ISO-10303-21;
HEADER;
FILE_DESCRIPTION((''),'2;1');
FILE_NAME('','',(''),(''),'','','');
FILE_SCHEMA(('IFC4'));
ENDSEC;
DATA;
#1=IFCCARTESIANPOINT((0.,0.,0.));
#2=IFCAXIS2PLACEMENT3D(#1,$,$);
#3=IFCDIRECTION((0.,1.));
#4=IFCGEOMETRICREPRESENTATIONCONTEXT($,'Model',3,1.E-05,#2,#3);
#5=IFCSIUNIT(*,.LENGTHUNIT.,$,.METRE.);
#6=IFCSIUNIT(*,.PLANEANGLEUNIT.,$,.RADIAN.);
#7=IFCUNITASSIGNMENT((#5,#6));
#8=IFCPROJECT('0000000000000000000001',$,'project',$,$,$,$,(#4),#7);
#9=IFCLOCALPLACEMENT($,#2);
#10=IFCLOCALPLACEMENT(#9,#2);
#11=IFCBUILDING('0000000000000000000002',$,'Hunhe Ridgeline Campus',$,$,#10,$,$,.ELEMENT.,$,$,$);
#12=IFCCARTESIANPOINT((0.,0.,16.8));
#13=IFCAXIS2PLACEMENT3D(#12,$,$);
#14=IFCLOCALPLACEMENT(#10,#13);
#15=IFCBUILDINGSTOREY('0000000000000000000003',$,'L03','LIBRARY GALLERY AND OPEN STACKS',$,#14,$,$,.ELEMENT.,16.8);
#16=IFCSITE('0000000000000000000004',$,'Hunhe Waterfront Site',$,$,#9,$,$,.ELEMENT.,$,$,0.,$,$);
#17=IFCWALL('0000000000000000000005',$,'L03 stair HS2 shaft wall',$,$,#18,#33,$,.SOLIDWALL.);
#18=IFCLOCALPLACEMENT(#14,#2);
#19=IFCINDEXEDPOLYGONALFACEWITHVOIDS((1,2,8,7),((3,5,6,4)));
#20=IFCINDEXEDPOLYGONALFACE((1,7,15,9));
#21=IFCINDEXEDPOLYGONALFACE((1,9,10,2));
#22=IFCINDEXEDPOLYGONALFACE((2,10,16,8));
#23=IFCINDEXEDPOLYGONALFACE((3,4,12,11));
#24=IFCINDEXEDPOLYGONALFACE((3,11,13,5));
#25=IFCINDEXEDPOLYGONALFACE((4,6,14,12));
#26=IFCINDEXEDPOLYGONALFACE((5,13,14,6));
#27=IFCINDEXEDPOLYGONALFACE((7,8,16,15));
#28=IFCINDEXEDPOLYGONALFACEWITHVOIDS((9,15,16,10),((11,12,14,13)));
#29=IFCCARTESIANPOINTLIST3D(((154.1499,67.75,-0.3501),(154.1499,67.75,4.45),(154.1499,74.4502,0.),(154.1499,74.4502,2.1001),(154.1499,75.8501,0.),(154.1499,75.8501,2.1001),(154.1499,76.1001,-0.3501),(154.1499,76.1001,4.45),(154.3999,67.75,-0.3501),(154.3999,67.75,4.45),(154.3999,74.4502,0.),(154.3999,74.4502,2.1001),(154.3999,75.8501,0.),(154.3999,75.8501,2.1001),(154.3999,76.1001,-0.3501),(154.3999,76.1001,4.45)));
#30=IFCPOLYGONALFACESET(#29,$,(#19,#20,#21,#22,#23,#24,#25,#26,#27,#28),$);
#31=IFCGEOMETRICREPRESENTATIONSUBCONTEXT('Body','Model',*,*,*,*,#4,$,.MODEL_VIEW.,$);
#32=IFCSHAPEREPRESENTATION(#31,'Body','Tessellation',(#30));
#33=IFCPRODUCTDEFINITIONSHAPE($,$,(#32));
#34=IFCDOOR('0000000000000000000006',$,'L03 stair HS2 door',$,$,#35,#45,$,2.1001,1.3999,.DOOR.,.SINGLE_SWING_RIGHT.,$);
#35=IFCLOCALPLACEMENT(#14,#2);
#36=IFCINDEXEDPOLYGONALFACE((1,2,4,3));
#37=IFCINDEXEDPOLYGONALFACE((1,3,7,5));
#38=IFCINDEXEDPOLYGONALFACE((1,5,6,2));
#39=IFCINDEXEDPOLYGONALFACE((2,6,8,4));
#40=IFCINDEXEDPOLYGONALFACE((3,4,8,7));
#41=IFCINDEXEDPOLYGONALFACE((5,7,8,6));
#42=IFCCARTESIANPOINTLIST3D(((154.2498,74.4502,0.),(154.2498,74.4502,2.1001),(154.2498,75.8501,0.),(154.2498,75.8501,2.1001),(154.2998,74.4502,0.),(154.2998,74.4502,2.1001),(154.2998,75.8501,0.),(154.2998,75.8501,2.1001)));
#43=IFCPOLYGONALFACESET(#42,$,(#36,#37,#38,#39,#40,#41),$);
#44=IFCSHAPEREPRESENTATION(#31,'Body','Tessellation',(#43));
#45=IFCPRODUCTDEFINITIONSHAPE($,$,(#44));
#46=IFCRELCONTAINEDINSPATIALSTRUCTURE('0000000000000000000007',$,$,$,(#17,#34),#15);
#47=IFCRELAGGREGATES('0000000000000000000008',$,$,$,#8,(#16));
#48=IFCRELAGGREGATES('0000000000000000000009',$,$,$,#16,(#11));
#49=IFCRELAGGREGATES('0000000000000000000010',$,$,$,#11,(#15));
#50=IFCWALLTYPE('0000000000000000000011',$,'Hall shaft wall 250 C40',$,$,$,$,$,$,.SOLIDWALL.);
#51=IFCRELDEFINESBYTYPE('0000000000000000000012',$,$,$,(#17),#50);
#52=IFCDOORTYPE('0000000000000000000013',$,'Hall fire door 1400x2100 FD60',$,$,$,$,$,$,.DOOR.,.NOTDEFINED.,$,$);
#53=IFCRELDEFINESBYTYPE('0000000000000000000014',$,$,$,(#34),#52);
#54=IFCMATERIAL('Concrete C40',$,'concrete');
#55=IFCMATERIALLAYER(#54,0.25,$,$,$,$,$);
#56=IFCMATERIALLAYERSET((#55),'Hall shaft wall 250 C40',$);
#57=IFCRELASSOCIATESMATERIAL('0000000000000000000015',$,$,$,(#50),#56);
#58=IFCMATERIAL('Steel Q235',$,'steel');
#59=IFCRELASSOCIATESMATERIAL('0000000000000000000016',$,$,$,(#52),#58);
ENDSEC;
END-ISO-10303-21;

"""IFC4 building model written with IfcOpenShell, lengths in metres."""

from ifc_helpers import new_model, si_unit, direction, frame, frame_2d, origin, place, context, subcontext, project, spatial, rectangle, extrude, material, layer, layer_set, type_object, element, fill, save


model = new_model("IFC4")

# Units and contexts
model_context = context("Model", 3, precision=1e-05, world=origin(), true_north=direction((0.0, 1.0)))
body_context = subcontext(model_context, "Body", "Model", "MODEL_VIEW")
ifc_project = project(units=[si_unit("LENGTHUNIT", "METRE"), si_unit("PLANEANGLEUNIT", "RADIAN")], contexts=[model_context])

# Site, building, storey
site_placement = place(None, origin())
site = spatial("IfcSite", under=ifc_project, at=site_placement, Name="Hunhe Waterfront Site", CompositionType="ELEMENT", RefElevation=0.0)
building_placement = place(site_placement, origin())
building = spatial("IfcBuilding", under=site, at=building_placement, Name="Hunhe Ridgeline Campus", CompositionType="ELEMENT")
storey_placement = place(building_placement, frame((0.0, 0.0, 16.8)))
storey = spatial("IfcBuildingStorey", under=building, at=storey_placement, Name="L03", Description="LIBRARY GALLERY AND OPEN STACKS", CompositionType="ELEMENT", Elevation=16.8)

# Shared definitions
ifc_material_1 = material(Name="Concrete C40", Category="concrete")

# Wall, opening, door
ifc_material_2 = material(Name="Steel Q235", Category="steel")
ifc_layer_1 = layer(ifc_material_1, 0.25)
ifc_layer_set_1 = layer_set([ifc_layer_1], Name="Hall shaft wall 250 C40")
wall_type_1 = type_object("IfcWallType", Name="Hall shaft wall 250 C40", PredefinedType="SOLIDWALL", material=ifc_layer_set_1)
door_type_1 = type_object("IfcDoorType", Name="Hall fire door 1400x2100 FD60", OperationType="NOTDEFINED", PredefinedType="DOOR", material=ifc_material_2)
wall_1_placement = place(storey_placement, frame((154.2749, 76.1001, -0.3501), z_axis=(0.0, 0.0, 1.0), x_axis=(0.0, -1.0, 0.0)))
wall_1 = element("IfcWall", 1, at=wall_1_placement, inside=storey, type_object=wall_type_1, Name="L03 stair HS2 shaft wall", PredefinedType="SOLIDWALL", context=body_context, shape_type="SweptSolid", body=[
    extrude(rectangle(XDim=8.3501, YDim=0.25, at=frame_2d((4.175, 0.0))), origin(), (0.0, 0.0, 1.0), 4.8),
])
opening_1_placement = place(wall_1_placement, frame((0.25, 0.0, 0.3501)))
opening_1 = element("IfcOpeningElement", 2, at=opening_1_placement, cuts=wall_1, PredefinedType="OPENING", context=body_context, shape_type="SweptSolid", body=[
    extrude(rectangle(XDim=1.3999, YDim=2.1001, at=frame_2d((0.7, 1.05))), frame((0.0, 0.125, 0.0), z_axis=(0.0, -1.0, 0.0), x_axis=(1.0, 0.0, 0.0)), (0.0, 0.0, 1.0), 0.25),
])
door_1_placement = place(opening_1_placement, origin())
door_1 = element("IfcDoor", 3, at=door_1_placement, inside=storey, type_object=door_type_1, Name="L03 stair HS2 door", OperationType="SINGLE_SWING_RIGHT", OverallHeight=2.1001, OverallWidth=1.3999, PredefinedType="DOOR", context=body_context, shape_type="SweptSolid", body=[
    extrude(rectangle(XDim=1.3999, YDim=2.1001, at=frame_2d((0.7, 1.05))), frame((0.0, 0.0249, 0.0), z_axis=(0.0, -1.0, 0.0), x_axis=(1.0, 0.0, 0.0)), (0.0, 0.0, 1.0), 0.05),
])
fill(opening_1, door_1)

save(model, "model.ifc")
